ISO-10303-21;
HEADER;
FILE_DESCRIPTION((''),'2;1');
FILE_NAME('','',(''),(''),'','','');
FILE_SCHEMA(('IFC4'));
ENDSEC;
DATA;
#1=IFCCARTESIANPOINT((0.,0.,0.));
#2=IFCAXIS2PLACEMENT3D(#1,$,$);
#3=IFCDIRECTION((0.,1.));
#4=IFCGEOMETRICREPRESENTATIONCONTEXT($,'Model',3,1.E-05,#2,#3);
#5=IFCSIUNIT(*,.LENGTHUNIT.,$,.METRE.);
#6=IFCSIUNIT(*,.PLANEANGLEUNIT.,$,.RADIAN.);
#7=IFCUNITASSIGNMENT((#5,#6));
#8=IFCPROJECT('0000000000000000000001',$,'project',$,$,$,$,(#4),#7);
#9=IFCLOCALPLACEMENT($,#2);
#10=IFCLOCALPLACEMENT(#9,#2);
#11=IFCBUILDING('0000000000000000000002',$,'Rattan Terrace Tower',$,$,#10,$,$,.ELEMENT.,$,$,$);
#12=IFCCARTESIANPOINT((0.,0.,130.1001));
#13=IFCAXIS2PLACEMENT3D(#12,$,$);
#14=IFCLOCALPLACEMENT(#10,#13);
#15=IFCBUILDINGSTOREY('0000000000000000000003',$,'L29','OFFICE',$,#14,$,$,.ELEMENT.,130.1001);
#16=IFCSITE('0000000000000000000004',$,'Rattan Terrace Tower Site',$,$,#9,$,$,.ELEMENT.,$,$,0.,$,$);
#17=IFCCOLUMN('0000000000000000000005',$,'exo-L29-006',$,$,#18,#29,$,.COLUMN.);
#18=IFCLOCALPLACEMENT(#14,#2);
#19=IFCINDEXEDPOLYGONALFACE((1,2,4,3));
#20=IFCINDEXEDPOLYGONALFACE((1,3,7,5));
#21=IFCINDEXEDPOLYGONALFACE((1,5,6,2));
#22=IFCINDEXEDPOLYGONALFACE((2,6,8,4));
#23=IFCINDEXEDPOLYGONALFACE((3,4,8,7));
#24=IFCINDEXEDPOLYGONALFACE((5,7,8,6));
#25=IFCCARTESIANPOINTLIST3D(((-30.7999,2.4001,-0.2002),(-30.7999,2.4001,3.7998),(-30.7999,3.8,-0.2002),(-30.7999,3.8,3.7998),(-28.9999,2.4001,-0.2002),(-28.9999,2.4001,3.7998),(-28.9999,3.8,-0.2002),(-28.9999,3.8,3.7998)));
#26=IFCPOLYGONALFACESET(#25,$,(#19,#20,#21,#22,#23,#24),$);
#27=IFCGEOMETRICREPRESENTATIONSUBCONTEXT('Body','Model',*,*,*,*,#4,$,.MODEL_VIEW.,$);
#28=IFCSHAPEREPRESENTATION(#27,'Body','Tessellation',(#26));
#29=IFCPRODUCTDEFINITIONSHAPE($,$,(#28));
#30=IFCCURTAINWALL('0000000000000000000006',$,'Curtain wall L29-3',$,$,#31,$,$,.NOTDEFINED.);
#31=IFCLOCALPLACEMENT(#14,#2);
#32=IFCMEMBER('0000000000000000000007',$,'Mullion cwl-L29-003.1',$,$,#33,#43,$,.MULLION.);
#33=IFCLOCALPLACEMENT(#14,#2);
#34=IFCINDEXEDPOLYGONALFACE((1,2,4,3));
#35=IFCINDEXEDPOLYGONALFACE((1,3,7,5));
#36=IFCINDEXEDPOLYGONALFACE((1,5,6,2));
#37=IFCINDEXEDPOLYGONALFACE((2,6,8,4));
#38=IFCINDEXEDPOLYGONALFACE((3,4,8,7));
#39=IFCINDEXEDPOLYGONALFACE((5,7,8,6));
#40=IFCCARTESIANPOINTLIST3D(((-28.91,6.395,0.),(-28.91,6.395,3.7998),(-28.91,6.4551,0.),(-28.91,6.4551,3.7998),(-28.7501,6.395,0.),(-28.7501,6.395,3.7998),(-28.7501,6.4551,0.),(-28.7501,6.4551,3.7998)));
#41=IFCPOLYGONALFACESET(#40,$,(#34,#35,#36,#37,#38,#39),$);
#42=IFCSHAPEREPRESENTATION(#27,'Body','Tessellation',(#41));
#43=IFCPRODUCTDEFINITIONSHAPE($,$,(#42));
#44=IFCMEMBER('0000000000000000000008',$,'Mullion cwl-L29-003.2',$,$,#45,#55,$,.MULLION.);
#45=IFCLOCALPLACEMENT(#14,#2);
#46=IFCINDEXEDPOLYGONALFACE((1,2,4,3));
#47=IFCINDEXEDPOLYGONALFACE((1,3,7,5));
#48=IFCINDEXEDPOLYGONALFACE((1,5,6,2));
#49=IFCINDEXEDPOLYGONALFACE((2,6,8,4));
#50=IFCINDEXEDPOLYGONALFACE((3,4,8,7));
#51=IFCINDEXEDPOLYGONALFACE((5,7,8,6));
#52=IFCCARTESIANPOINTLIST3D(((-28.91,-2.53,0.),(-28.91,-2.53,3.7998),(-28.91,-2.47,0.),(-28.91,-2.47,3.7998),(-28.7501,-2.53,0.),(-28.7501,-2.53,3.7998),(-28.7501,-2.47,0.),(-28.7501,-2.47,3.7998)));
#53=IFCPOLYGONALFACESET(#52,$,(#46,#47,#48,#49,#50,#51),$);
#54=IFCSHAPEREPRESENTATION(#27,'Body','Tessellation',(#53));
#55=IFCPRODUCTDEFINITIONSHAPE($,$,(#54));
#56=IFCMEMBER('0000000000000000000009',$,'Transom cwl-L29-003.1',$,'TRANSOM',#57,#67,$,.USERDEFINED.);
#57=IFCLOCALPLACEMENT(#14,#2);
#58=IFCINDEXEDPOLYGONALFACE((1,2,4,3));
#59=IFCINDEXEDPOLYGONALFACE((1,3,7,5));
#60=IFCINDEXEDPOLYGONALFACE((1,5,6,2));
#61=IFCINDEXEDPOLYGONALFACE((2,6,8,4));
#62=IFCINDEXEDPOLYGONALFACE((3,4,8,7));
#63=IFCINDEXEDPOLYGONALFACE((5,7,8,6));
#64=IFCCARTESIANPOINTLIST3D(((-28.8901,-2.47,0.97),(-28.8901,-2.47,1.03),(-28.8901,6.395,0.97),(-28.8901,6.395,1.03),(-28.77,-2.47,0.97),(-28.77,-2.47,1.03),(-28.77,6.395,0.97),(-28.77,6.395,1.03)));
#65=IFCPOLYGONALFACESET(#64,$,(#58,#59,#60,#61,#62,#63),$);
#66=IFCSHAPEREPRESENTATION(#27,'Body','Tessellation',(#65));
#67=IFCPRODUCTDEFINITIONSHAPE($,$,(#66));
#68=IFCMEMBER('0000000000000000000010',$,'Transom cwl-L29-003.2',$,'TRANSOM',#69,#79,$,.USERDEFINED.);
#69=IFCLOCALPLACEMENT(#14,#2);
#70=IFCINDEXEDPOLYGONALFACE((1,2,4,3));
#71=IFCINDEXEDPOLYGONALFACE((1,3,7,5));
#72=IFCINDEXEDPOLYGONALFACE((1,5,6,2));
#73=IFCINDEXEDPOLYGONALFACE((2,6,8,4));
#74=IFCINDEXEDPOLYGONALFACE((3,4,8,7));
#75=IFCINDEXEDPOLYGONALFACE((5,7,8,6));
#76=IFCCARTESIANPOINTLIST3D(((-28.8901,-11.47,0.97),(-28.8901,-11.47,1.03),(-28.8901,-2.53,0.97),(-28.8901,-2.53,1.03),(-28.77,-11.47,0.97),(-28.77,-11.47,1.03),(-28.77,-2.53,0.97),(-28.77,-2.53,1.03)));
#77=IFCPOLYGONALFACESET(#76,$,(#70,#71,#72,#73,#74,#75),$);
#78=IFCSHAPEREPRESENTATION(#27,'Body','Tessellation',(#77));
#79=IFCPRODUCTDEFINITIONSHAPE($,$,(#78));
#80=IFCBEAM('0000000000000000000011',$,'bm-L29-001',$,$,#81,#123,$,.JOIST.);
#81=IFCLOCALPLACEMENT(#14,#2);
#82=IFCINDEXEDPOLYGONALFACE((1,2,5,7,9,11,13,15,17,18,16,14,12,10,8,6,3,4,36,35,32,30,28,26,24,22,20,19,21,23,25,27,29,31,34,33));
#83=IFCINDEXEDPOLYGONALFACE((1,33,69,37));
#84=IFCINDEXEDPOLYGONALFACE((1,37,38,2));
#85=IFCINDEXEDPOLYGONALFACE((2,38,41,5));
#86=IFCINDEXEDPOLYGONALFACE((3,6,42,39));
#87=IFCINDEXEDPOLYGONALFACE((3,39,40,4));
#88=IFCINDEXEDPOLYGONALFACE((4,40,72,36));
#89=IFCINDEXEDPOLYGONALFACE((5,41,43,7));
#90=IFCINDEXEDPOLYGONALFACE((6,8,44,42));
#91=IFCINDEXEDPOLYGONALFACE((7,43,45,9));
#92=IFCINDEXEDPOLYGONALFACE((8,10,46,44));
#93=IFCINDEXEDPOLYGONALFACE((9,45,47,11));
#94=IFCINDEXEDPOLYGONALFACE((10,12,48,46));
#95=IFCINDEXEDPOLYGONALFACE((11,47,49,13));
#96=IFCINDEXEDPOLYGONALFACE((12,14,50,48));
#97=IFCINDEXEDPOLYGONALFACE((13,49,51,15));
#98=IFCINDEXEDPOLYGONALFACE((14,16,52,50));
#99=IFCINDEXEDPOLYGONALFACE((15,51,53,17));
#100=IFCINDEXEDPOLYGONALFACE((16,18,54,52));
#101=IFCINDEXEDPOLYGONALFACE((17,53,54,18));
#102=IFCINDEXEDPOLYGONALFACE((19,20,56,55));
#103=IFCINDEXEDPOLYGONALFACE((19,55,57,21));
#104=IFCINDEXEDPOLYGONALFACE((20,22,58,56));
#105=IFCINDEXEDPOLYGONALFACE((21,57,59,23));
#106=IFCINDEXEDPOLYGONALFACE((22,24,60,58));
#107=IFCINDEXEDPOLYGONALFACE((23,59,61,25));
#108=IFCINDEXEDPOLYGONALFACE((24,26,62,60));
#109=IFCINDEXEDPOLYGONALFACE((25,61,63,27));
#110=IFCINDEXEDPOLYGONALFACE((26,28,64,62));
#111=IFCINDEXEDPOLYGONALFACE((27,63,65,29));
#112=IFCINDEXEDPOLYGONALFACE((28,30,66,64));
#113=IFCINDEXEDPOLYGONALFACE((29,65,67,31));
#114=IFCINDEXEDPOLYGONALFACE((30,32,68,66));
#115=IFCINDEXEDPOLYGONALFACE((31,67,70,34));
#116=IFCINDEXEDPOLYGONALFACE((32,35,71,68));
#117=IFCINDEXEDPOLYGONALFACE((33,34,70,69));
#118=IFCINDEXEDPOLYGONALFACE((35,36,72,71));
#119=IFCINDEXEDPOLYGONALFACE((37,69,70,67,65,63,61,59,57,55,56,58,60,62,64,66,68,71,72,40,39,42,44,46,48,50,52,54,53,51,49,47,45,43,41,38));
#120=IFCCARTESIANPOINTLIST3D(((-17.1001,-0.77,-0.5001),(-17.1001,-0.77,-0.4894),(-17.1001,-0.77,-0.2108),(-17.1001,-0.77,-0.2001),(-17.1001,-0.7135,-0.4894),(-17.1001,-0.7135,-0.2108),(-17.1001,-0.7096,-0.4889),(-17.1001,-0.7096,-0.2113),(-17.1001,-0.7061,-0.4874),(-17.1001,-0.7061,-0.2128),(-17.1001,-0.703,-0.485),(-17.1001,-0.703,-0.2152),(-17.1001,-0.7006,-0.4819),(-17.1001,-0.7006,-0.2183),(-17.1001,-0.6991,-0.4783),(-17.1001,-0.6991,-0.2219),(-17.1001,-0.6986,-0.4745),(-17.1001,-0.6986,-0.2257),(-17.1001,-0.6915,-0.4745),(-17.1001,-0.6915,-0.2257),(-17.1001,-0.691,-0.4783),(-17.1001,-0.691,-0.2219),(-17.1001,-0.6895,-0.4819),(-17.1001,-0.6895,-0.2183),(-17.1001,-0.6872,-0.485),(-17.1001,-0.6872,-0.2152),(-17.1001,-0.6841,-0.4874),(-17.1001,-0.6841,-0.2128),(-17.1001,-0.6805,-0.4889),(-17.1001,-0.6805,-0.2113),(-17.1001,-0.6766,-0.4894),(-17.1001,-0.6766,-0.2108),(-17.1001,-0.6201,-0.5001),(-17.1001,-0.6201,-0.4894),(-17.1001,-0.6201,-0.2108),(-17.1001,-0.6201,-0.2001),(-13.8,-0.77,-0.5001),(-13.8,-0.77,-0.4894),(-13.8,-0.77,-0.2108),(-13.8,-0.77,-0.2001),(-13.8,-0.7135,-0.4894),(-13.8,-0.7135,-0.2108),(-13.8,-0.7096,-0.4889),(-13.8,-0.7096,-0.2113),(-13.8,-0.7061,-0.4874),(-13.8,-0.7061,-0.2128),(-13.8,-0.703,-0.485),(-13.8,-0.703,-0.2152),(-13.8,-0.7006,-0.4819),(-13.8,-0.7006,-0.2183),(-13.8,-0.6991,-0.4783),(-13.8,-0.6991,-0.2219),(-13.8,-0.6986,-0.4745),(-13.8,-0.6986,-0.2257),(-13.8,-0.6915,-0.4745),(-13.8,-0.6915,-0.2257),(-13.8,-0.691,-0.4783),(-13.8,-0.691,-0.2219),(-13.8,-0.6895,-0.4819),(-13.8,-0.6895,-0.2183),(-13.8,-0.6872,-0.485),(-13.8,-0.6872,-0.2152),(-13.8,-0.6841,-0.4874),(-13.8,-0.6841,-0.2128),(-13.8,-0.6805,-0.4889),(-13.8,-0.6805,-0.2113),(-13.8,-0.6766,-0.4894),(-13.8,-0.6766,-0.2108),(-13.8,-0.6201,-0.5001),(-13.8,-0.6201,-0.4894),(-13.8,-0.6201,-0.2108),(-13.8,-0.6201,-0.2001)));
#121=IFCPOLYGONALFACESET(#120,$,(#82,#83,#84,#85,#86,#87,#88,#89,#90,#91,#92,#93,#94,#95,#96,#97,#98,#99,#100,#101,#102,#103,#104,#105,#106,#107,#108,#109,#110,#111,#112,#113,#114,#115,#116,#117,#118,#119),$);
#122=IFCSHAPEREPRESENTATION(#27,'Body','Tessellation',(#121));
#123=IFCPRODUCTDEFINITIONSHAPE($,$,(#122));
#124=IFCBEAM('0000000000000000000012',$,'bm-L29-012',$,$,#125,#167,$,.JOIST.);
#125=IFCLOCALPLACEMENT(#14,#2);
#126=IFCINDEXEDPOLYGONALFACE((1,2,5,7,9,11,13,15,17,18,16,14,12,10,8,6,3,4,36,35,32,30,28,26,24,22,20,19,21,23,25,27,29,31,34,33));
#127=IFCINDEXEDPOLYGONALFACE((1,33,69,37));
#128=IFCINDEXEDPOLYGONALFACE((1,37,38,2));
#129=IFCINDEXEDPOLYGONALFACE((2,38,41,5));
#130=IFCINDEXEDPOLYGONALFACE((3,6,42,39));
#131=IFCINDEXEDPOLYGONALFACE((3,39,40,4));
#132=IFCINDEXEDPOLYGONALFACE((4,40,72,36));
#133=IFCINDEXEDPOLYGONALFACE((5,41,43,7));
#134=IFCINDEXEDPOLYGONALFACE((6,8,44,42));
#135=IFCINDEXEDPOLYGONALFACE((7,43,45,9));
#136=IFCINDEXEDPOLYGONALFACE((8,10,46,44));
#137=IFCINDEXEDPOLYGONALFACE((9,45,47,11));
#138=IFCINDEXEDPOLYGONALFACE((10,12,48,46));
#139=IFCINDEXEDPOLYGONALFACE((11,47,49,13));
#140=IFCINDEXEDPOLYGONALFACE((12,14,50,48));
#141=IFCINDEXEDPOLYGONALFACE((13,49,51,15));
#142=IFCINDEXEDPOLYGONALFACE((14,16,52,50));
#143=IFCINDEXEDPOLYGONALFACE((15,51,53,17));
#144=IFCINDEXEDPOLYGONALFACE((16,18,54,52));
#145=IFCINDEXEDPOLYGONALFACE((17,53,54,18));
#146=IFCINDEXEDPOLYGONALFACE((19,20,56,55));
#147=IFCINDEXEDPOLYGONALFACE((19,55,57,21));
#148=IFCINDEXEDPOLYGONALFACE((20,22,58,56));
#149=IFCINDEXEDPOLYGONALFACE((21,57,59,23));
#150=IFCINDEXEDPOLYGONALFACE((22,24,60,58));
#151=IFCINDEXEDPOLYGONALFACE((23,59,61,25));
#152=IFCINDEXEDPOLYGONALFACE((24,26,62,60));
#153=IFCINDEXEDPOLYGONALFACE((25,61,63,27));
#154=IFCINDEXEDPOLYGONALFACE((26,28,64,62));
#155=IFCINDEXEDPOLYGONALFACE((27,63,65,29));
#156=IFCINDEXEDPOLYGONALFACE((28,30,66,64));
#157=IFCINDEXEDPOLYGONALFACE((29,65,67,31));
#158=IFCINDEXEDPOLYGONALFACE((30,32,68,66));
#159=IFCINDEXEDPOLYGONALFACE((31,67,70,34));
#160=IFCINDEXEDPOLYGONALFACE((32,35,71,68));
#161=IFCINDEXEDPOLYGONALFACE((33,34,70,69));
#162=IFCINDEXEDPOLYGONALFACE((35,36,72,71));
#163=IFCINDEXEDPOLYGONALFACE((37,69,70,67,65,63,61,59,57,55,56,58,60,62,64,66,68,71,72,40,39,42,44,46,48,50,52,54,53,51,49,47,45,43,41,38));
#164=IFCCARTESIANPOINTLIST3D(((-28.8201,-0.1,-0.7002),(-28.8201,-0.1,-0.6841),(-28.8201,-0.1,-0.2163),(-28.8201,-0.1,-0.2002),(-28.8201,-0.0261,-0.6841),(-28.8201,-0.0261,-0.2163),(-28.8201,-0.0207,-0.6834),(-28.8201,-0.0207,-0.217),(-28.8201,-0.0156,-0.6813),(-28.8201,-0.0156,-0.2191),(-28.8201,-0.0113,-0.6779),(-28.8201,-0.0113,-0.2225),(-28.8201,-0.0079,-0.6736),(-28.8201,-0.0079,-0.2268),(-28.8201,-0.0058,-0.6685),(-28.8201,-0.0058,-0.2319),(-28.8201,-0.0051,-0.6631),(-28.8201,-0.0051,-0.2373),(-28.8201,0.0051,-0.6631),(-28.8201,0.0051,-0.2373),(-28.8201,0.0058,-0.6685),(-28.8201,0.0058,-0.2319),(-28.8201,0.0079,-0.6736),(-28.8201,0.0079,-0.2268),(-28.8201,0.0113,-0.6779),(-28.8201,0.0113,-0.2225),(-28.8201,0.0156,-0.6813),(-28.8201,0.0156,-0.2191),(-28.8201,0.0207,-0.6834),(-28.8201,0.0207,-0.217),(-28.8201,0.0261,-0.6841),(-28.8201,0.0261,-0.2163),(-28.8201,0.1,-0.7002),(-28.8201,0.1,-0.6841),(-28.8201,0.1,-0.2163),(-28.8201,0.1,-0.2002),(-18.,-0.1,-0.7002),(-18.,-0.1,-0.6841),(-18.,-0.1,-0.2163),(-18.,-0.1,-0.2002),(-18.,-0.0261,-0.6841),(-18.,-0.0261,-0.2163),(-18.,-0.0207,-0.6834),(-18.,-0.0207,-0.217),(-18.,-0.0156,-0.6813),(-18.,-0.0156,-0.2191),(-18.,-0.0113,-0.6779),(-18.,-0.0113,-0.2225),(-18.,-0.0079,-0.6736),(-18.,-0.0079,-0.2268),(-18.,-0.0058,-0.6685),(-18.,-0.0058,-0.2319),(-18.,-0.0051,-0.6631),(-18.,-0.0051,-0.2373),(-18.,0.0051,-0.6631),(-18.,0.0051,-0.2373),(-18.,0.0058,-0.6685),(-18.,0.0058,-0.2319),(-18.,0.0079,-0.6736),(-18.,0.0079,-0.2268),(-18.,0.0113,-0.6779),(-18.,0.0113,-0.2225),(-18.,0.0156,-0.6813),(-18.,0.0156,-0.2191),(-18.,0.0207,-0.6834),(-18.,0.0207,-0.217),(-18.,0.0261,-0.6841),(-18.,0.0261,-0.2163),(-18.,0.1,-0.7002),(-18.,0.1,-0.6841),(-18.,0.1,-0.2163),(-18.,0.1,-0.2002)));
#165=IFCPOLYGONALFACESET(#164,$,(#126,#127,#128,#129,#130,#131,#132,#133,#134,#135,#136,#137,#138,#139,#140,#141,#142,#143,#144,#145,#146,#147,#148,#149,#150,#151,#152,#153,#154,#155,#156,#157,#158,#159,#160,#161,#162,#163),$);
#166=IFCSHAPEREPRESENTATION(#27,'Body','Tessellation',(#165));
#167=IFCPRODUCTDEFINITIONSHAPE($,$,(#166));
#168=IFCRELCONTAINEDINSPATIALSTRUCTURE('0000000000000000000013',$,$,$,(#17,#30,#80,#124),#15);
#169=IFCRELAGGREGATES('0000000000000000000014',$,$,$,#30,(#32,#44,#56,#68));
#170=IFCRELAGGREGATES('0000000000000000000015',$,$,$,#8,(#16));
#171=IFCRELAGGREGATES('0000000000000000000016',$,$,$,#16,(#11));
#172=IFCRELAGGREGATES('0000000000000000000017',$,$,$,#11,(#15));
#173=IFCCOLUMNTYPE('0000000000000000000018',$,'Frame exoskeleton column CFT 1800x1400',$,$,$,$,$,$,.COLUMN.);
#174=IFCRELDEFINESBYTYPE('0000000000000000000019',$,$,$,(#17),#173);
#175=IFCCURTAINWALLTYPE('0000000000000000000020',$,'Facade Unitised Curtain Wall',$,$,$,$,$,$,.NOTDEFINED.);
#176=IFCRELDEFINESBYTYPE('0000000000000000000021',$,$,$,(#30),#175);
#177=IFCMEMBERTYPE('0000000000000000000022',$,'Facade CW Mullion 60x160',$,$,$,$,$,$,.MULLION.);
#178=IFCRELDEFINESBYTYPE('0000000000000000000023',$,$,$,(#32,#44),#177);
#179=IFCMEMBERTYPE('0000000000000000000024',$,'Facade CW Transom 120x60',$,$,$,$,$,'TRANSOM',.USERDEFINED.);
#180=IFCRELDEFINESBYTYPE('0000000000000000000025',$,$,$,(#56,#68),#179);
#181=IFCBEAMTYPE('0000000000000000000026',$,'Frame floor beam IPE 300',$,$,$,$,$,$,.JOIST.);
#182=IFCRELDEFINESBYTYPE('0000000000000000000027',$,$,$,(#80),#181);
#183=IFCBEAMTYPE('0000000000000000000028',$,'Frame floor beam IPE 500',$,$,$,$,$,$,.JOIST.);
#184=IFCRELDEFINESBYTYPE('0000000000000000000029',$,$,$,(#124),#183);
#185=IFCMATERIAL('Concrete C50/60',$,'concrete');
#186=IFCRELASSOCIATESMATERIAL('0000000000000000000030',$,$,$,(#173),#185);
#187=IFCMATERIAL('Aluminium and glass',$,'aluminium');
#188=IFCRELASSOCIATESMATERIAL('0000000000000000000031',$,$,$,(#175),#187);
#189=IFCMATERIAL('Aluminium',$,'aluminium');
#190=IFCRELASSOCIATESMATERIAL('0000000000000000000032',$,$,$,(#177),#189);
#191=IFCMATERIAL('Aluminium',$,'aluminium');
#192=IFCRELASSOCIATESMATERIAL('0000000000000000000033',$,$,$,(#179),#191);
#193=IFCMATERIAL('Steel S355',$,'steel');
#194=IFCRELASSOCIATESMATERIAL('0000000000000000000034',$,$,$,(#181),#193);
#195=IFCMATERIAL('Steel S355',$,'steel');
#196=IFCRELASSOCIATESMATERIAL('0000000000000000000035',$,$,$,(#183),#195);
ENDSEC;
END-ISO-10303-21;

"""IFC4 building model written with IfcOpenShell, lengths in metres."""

from ifc_helpers import new_model, si_unit, direction, frame, origin, origin_2d, place, context, subcontext, project, spatial, rectangle, i_section, extrude, material, material_profile, profile_set, type_object, element, aggregate, save


model = new_model("IFC4")

# Units and contexts
model_context = context("Model", 3, precision=1e-05, world=origin(), true_north=direction((0.0, 1.0)))
body_context = subcontext(model_context, "Body", "Model", "MODEL_VIEW")
ifc_project = project(units=[si_unit("LENGTHUNIT", "METRE"), si_unit("PLANEANGLEUNIT", "RADIAN")], contexts=[model_context])

# Site, building, storey
site_placement = place(None, origin())
site = spatial("IfcSite", under=ifc_project, at=site_placement, Name="Rattan Terrace Tower Site", CompositionType="ELEMENT", RefElevation=0.0)
building_placement = place(site_placement, origin())
building = spatial("IfcBuilding", under=site, at=building_placement, Name="Rattan Terrace Tower", CompositionType="ELEMENT")
storey_placement = place(building_placement, frame((0.0, 0.0, 130.1001)))
storey = spatial("IfcBuildingStorey", under=building, at=storey_placement, Name="L29", Description="OFFICE", CompositionType="ELEMENT", Elevation=130.1001)

# Column
ifc_material_1 = material(Name="Concrete C50/60", Category="concrete")
ifc_material_profile_1 = material_profile(ifc_material_1, rectangle(XDim=1.3999, YDim=1.8, at=origin_2d()), Name="CFT 1800x1400")
ifc_profile_set_1 = profile_set([ifc_material_profile_1], Name="Concrete C50/60")
column_type = type_object("IfcColumnType", Name="Frame exoskeleton column CFT 1800x1400", PredefinedType="COLUMN", material=ifc_profile_set_1)
column_placement = place(storey_placement, frame((-29.8999, 3.1001, -0.2002), z_axis=(0.0, 0.0, 1.0), x_axis=(0.0, 1.0, 0.0)))
element("IfcColumn", 1, at=column_placement, inside=storey, type_object=column_type, Name="exo-L29-006", PredefinedType="COLUMN", context=body_context, shape_type="SweptSolid", body=[
    extrude(rectangle(XDim=1.3999, YDim=1.8, at=origin_2d()), origin(), (0.0, 0.0, 1.0), 4.0),
])

# Curtain wall, members
ifc_material_2 = material(Name="Aluminium and glass", Category="aluminium")
curtain_wall_type = type_object("IfcCurtainWallType", Name="Facade Unitised Curtain Wall", PredefinedType="NOTDEFINED", material=ifc_material_2)
curtain_wall_placement = place(storey_placement, origin())
curtain_wall = element("IfcCurtainWall", 2, at=curtain_wall_placement, inside=storey, type_object=curtain_wall_type, Name="Curtain wall L29-3", PredefinedType="NOTDEFINED")
ifc_material_3 = material(Name="Aluminium", Category="aluminium")
ifc_material_profile_2 = material_profile(ifc_material_3, rectangle(XDim=0.0601, YDim=0.1599, at=origin_2d()), Name="Aluminium 60x160")
ifc_profile_set_2 = profile_set([ifc_material_profile_2], Name="Aluminium")
member_type_1 = type_object("IfcMemberType", Name="Facade CW Mullion 60x160", PredefinedType="MULLION", material=ifc_profile_set_2)
member_1_placement = place(storey_placement, frame((-28.8301, 6.425, 0.0), z_axis=(0.0, 0.0, 1.0), x_axis=(0.0, -1.0, 0.0)))
member_1 = element("IfcMember", 3, at=member_1_placement, type_object=member_type_1, Name="Mullion cwl-L29-003.1", PredefinedType="MULLION", context=body_context, shape_type="SweptSolid", body=[
    extrude(rectangle(XDim=0.0601, YDim=0.1599, at=origin_2d()), origin(), (0.0, 0.0, 1.0), 3.7998),
])
member_2_placement = place(storey_placement, frame((-28.8301, -2.5, 0.0), z_axis=(0.0, 0.0, 1.0), x_axis=(0.0, -1.0, 0.0)))
member_2 = element("IfcMember", 4, at=member_2_placement, type_object=member_type_1, Name="Mullion cwl-L29-003.2", PredefinedType="MULLION", context=body_context, shape_type="SweptSolid", body=[
    extrude(rectangle(XDim=0.0601, YDim=0.1599, at=origin_2d()), origin(), (0.0, 0.0, 1.0), 3.7998),
])
ifc_material_4 = material(Name="Aluminium", Category="aluminium")
ifc_material_profile_3 = material_profile(ifc_material_4, rectangle(XDim=0.1201, YDim=0.0601, at=origin_2d()), Name="Aluminium 120x60")
ifc_profile_set_3 = profile_set([ifc_material_profile_3], Name="Aluminium")
member_type_2 = type_object("IfcMemberType", Name="Facade CW Transom 120x60", ElementType="TRANSOM", PredefinedType="USERDEFINED", material=ifc_profile_set_3)
member_3_placement = place(storey_placement, frame((-28.8301, 6.395, 1.0), z_axis=(0.0, -1.0, 0.0), x_axis=(1.0, 0.0, 0.0)))
member_3 = element("IfcMember", 5, at=member_3_placement, type_object=member_type_2, Name="Transom cwl-L29-003.1", ObjectType="TRANSOM", PredefinedType="USERDEFINED", context=body_context, shape_type="SweptSolid", body=[
    extrude(rectangle(XDim=0.1201, YDim=0.0601, at=origin_2d()), origin(), (0.0, 0.0, 1.0), 8.865),
])
member_4_placement = place(storey_placement, frame((-28.8301, -2.53, 1.0), z_axis=(0.0, -1.0, 0.0), x_axis=(1.0, 0.0, 0.0)))
member_4 = element("IfcMember", 6, at=member_4_placement, type_object=member_type_2, Name="Transom cwl-L29-003.2", ObjectType="TRANSOM", PredefinedType="USERDEFINED", context=body_context, shape_type="SweptSolid", body=[
    extrude(rectangle(XDim=0.1201, YDim=0.0601, at=origin_2d()), origin(), (0.0, 0.0, 1.0), 8.9399),
])

# Beams
ifc_material_5 = material(Name="Steel S355", Category="steel")
ifc_material_profile_4 = material_profile(ifc_material_5, i_section(OverallWidth=0.1499, OverallDepth=0.3, WebThickness=0.0071, FlangeThickness=0.0107, FilletRadius=0.0149, at=origin_2d()), Name="IPE 300")
ifc_profile_set_4 = profile_set([ifc_material_profile_4], Name="Steel S355")
beam_type_1 = type_object("IfcBeamType", Name="Frame floor beam IPE 300", PredefinedType="JOIST", material=ifc_profile_set_4)
beam_placement = place(storey_placement, frame((-17.1001, -0.6951, -0.3501), z_axis=(1.0, 0.0, 0.0), x_axis=(0.0, 1.0, 0.0)))
element("IfcBeam", 7, at=beam_placement, inside=storey, type_object=beam_type_1, Name="bm-L29-001", PredefinedType="JOIST", context=body_context, shape_type="SweptSolid", body=[
    extrude(i_section(OverallWidth=0.1499, OverallDepth=0.3, WebThickness=0.0071, FlangeThickness=0.0107, FilletRadius=0.0149, at=origin_2d()), origin(), (0.0, 0.0, 1.0), 3.3),
])
ifc_material_6 = material(Name="Steel S355", Category="steel")
ifc_material_profile_5 = material_profile(ifc_material_6, i_section(OverallWidth=0.2, OverallDepth=0.5, WebThickness=0.0103, FlangeThickness=0.0161, FilletRadius=0.021, at=origin_2d()), Name="IPE 500")
ifc_profile_set_5 = profile_set([ifc_material_profile_5], Name="Steel S355")
beam_type_2 = type_object("IfcBeamType", Name="Frame floor beam IPE 500", PredefinedType="JOIST", material=ifc_profile_set_5)
for number, where, z_axis, x_axis, name in (
    (8, (-28.8201, 0.0, -0.4502), (1.0, 0.0, 0.0), (0.0, 1.0, 0.0), "bm-L29-012"),
):
    element("IfcBeam", number, at=place(storey_placement, frame(where, z_axis=z_axis, x_axis=x_axis)), inside=storey, type_object=beam_type_2, Name=name, PredefinedType="JOIST", context=body_context, shape_type="SweptSolid", body=[
        extrude(i_section(OverallWidth=0.2, OverallDepth=0.5, WebThickness=0.0103, FlangeThickness=0.0161, FilletRadius=0.021, at=origin_2d()), origin(), (0.0, 0.0, 1.0), 10.8201),
    ])

aggregate(curtain_wall, [member_1, member_2, member_3, member_4])

save(model, "model.ifc")
